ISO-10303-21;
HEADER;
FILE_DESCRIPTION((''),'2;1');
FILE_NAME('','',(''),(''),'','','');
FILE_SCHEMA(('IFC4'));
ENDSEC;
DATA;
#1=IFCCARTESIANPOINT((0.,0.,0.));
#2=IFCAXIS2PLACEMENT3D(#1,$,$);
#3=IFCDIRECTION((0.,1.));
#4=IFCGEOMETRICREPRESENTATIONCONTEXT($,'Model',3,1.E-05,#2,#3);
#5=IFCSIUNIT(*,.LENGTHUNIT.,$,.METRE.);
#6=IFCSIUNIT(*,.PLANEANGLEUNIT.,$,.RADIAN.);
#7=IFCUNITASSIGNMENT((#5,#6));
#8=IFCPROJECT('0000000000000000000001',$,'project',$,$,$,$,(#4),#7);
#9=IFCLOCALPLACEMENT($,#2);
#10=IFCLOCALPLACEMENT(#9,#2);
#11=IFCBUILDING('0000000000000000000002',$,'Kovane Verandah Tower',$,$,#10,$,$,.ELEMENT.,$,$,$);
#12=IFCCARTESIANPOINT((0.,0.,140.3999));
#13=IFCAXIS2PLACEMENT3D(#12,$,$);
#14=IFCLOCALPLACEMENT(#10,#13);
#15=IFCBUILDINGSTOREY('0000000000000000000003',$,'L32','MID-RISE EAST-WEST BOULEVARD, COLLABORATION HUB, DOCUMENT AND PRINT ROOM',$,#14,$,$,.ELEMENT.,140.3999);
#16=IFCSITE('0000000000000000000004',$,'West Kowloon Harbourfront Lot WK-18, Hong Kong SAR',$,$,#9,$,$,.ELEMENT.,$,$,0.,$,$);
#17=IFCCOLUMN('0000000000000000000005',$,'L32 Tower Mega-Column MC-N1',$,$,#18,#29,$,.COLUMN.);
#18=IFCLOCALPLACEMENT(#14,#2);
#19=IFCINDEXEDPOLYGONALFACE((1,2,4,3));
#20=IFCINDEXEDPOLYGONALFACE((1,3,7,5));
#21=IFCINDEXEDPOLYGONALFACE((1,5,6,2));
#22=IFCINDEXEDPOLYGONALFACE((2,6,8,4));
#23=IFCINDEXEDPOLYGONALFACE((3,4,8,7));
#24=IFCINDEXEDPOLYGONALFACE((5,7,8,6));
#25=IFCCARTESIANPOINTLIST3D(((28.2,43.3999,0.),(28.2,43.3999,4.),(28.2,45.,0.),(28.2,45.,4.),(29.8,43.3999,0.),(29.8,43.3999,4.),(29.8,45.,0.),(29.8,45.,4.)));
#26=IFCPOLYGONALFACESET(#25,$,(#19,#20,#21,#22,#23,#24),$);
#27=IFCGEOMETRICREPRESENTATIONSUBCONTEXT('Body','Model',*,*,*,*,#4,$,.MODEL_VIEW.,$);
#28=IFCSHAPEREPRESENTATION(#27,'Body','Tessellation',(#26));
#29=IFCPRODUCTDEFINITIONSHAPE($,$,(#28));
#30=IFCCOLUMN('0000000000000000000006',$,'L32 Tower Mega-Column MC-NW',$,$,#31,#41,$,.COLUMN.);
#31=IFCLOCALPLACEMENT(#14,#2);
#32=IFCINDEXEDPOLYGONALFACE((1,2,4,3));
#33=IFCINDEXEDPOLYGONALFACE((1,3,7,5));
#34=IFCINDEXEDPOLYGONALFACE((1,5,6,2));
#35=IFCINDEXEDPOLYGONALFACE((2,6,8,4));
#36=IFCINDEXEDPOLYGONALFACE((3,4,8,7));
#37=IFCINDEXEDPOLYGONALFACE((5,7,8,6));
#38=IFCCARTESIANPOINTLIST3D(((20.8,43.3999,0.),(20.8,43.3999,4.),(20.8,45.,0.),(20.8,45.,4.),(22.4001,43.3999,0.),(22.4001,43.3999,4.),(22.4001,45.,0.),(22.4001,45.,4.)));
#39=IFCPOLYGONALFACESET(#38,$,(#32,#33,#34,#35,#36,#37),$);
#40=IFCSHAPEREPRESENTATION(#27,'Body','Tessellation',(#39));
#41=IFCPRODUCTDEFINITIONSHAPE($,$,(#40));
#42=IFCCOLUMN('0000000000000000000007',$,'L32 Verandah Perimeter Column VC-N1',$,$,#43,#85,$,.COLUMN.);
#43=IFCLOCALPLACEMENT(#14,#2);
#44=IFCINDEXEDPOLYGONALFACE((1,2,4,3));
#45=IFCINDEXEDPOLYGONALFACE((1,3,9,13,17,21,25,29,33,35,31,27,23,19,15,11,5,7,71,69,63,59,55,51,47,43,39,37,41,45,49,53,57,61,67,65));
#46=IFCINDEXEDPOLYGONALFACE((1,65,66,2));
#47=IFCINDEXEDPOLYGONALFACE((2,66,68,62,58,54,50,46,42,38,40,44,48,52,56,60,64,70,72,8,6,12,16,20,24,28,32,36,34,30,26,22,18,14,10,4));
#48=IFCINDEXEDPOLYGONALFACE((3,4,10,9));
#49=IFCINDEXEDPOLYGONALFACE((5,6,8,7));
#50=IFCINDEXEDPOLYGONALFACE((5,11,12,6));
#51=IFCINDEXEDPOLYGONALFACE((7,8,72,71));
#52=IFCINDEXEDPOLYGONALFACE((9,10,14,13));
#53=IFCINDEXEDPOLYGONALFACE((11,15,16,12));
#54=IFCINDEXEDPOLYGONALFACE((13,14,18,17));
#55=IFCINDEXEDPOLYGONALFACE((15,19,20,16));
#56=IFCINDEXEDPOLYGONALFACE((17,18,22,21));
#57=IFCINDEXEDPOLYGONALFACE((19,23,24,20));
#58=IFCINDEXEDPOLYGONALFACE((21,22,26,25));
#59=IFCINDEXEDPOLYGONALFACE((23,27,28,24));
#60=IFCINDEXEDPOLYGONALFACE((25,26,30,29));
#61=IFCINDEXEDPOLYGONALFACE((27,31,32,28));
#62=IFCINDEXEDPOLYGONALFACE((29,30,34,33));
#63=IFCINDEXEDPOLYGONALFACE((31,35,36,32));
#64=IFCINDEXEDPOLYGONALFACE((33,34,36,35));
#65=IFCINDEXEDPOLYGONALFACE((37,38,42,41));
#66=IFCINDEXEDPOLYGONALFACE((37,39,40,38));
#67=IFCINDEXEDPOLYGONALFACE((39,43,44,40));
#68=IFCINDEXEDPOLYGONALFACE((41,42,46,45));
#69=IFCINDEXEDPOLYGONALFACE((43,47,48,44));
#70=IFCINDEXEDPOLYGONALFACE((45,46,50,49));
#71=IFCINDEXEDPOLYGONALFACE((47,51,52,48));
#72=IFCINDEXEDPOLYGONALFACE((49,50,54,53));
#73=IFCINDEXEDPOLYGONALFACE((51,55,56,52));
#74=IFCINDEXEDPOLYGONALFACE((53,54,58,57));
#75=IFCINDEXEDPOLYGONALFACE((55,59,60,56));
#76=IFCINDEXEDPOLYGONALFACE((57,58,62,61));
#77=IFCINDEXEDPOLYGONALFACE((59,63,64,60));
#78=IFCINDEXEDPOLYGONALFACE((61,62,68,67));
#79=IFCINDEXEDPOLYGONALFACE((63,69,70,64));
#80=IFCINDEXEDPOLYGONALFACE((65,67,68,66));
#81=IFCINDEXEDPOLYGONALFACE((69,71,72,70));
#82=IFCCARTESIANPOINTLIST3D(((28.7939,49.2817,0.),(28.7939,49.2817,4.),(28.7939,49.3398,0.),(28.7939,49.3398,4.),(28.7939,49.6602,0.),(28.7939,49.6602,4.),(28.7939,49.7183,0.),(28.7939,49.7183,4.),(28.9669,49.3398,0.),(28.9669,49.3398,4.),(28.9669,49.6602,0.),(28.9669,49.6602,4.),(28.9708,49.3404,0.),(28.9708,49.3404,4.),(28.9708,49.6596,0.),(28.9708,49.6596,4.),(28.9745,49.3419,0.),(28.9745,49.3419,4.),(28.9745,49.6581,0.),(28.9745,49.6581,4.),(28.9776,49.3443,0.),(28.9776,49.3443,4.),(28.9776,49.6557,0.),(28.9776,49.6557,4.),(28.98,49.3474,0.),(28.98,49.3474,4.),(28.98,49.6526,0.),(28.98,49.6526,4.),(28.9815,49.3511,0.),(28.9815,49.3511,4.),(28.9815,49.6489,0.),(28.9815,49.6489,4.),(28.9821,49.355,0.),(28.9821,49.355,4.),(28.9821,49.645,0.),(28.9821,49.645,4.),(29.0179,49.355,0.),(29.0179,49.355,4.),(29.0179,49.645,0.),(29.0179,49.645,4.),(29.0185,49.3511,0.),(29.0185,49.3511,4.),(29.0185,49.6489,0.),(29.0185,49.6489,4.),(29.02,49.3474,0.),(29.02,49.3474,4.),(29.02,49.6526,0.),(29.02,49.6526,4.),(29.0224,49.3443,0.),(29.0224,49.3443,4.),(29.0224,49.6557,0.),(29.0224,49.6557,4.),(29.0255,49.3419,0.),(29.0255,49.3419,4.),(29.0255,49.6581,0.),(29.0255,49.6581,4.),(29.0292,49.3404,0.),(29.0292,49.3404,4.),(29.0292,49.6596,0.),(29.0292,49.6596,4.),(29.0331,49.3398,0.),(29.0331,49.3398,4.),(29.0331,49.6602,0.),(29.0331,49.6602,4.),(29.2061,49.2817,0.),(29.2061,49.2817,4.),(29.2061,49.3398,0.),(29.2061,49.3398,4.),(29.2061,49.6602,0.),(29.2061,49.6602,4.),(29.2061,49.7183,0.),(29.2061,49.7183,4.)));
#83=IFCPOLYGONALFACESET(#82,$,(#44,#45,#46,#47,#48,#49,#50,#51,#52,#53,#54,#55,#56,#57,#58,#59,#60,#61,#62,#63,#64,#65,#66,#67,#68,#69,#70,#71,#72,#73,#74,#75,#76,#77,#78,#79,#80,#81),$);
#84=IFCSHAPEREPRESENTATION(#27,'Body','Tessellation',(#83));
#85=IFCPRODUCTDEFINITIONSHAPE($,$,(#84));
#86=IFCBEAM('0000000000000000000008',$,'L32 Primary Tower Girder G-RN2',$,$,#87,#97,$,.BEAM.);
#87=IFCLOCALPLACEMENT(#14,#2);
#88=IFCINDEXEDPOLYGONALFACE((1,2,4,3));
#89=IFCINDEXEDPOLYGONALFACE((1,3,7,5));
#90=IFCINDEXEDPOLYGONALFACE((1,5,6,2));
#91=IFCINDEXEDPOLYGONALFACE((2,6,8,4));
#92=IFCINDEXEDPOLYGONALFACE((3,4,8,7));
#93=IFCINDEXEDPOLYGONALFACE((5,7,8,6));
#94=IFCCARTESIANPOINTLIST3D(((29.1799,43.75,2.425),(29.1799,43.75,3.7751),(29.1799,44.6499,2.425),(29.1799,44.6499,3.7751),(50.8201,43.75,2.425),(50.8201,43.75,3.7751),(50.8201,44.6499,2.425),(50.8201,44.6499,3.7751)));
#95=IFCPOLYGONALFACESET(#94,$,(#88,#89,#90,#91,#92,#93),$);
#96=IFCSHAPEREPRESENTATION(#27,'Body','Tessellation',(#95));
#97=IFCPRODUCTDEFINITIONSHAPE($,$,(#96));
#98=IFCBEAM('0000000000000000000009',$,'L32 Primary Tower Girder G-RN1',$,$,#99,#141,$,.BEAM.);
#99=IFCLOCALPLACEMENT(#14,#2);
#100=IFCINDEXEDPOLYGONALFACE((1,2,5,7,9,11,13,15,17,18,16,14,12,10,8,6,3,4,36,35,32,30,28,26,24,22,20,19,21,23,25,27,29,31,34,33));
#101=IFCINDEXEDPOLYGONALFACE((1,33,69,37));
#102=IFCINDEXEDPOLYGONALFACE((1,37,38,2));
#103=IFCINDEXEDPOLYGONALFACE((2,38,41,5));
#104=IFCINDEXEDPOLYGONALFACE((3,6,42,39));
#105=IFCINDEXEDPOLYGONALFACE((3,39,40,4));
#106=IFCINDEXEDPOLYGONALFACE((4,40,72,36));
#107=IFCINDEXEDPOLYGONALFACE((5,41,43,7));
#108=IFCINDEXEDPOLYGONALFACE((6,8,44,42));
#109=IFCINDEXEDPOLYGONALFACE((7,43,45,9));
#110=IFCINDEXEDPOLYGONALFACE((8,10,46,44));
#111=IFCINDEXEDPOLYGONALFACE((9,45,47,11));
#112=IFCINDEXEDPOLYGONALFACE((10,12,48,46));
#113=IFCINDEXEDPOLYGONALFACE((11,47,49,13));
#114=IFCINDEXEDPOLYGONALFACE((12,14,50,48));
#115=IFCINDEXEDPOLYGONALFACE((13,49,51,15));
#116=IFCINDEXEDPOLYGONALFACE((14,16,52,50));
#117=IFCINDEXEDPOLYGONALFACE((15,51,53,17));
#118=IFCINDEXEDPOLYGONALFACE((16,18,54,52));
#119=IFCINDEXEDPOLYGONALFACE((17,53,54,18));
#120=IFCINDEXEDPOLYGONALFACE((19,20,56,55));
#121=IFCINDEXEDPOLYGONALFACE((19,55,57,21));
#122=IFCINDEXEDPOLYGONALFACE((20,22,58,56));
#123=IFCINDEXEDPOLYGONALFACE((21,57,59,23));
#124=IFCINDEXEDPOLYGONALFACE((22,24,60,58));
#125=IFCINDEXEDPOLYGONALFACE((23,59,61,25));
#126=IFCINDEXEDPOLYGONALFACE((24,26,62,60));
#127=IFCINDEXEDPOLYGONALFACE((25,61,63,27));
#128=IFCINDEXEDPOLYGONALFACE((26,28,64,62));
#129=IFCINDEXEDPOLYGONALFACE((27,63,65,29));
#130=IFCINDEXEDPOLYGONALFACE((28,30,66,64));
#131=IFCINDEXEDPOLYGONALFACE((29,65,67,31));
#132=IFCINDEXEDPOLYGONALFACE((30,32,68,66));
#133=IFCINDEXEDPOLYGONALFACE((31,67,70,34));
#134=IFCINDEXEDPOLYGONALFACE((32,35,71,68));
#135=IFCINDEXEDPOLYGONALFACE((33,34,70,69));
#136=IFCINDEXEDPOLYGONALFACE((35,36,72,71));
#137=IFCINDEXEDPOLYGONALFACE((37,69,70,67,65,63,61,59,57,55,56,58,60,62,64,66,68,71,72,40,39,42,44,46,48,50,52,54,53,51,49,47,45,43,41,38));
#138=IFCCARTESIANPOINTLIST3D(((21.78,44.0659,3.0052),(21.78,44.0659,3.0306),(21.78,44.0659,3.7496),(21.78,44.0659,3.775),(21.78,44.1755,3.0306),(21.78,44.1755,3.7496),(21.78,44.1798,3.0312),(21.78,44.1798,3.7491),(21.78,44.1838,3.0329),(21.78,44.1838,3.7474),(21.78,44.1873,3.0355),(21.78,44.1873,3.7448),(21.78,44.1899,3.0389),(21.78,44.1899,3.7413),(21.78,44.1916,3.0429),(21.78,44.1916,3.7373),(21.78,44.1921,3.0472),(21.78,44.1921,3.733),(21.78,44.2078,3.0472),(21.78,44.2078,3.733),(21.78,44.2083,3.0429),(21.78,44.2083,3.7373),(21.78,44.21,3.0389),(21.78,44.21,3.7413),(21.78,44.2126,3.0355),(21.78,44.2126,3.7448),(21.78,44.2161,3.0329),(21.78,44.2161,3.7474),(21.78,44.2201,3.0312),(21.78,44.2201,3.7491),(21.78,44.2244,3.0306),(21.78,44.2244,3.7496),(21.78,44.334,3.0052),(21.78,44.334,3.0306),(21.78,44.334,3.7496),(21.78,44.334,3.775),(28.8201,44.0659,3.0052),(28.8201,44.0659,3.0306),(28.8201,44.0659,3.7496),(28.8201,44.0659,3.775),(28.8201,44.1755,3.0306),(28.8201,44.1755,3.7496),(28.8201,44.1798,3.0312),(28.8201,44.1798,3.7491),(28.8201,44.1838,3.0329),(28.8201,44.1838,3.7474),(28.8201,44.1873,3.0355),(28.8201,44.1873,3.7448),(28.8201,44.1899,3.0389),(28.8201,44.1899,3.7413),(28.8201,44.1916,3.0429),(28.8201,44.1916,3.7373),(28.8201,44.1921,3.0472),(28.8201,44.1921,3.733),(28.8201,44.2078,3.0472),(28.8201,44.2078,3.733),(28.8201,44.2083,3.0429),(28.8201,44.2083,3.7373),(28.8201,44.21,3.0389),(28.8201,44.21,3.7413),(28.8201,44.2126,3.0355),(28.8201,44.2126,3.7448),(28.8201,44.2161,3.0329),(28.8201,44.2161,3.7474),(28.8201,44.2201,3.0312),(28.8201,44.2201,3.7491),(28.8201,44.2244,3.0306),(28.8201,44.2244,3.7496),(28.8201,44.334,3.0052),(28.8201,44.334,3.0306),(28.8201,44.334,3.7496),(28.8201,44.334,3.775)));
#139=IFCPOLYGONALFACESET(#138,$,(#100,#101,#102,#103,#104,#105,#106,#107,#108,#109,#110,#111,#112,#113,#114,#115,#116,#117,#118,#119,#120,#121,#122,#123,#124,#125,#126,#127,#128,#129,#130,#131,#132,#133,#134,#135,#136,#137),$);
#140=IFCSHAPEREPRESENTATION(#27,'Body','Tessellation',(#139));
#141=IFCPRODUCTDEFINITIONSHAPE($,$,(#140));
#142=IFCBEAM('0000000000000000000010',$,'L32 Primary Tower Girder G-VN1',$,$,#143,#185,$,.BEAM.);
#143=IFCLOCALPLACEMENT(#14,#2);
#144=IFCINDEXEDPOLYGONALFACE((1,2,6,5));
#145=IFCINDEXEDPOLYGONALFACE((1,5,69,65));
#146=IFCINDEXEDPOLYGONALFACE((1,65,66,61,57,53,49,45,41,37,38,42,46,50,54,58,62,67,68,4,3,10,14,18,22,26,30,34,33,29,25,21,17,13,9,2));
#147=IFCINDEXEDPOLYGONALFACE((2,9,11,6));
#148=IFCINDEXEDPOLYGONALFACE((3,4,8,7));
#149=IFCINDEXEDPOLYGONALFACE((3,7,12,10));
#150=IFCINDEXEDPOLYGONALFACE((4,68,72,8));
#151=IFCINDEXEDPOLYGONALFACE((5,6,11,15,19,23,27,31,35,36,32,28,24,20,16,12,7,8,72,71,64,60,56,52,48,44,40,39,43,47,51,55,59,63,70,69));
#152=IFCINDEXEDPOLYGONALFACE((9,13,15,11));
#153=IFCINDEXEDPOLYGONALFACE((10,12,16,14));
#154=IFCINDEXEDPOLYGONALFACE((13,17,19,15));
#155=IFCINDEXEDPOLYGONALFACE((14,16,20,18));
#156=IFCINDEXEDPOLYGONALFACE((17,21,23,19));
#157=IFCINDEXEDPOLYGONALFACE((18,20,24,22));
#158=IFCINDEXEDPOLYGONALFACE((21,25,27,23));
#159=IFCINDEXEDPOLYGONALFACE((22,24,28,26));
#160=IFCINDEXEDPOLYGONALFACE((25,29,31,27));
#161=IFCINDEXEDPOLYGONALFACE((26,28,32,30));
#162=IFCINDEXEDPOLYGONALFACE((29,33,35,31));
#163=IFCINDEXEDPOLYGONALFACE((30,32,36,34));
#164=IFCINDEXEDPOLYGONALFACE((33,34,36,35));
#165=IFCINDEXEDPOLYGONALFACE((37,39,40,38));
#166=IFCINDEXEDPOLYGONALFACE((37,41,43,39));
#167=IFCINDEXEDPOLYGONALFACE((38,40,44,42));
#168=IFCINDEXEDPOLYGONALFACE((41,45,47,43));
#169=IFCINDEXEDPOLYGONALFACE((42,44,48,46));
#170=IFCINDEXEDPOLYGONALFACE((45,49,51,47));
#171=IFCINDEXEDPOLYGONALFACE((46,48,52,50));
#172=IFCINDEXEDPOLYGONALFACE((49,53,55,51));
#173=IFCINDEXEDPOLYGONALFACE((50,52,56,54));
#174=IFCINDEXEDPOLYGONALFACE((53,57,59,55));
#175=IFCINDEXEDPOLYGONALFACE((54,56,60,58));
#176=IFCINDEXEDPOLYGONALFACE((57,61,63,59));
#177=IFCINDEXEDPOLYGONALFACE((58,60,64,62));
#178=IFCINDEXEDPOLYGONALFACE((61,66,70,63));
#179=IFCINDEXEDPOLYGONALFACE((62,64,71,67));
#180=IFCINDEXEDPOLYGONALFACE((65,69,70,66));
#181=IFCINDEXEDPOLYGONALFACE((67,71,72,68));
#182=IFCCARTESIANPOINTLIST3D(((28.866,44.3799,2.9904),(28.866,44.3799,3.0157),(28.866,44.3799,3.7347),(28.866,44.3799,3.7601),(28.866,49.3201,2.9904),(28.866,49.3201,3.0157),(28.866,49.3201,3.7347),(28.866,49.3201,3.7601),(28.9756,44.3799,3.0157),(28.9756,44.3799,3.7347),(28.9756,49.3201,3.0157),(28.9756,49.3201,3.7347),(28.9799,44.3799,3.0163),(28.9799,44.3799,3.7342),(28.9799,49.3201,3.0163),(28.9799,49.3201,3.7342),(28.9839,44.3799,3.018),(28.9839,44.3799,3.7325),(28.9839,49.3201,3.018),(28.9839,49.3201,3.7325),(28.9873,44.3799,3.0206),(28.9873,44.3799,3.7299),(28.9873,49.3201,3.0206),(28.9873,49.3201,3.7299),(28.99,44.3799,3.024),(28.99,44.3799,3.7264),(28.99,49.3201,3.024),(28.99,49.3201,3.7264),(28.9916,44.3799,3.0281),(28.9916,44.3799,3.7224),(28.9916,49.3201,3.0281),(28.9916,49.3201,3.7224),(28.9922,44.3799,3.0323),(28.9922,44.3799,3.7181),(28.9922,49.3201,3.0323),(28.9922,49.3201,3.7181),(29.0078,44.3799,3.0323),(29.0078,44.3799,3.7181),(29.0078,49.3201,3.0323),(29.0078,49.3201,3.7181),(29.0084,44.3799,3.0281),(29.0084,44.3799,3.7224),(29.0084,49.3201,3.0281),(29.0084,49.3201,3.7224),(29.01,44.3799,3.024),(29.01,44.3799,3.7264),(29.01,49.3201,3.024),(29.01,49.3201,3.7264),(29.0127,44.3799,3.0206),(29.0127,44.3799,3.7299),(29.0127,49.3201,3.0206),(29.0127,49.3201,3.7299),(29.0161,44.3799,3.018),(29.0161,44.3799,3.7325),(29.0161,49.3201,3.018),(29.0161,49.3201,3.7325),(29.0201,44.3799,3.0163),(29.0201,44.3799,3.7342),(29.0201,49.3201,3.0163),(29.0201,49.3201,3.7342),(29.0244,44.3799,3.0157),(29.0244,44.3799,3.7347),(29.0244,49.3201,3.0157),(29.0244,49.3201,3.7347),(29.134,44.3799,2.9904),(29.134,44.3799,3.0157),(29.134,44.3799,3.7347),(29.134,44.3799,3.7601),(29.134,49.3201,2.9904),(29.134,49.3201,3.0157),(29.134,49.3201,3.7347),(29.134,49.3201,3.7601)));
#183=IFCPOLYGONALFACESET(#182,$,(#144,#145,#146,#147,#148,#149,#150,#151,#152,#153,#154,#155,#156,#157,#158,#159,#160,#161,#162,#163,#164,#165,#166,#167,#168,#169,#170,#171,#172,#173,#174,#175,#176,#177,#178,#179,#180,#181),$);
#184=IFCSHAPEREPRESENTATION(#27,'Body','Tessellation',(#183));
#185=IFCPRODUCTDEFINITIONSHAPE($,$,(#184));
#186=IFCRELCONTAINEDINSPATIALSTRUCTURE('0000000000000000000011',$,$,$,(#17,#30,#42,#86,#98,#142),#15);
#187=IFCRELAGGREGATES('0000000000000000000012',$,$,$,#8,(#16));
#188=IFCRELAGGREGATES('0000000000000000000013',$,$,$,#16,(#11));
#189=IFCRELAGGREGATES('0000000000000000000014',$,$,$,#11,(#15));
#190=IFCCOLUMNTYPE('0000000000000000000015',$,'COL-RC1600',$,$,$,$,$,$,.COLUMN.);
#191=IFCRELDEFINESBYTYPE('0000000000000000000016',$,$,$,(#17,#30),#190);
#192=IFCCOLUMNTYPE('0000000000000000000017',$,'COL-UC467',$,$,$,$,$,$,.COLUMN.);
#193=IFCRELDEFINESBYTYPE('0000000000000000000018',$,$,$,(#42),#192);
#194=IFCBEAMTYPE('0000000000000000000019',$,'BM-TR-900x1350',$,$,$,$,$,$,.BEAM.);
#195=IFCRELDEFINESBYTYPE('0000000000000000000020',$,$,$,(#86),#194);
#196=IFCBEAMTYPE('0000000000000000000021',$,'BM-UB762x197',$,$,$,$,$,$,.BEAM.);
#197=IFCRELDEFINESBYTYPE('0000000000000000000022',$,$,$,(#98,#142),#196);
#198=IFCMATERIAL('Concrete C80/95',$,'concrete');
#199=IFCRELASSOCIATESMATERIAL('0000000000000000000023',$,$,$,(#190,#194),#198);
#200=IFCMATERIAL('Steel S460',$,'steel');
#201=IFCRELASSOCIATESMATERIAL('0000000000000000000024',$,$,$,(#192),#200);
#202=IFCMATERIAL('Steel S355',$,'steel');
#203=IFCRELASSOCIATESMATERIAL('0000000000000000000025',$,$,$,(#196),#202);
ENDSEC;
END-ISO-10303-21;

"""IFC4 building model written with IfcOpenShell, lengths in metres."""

from ifc_helpers import new_model, si_unit, direction, frame, origin, origin_2d, place, context, subcontext, project, spatial, rectangle, i_section, extrude, material, material_profile, profile_set, type_object, element, save


model = new_model("IFC4")

# Units and contexts
model_context = context("Model", 3, precision=1e-05, world=origin(), true_north=direction((0.0, 1.0)))
body_context = subcontext(model_context, "Body", "Model", "MODEL_VIEW")
ifc_project = project(units=[si_unit("LENGTHUNIT", "METRE"), si_unit("PLANEANGLEUNIT", "RADIAN")], contexts=[model_context])

# Site, building, storey
site_placement = place(None, origin())
site = spatial("IfcSite", under=ifc_project, at=site_placement, Name="West Kowloon Harbourfront Lot WK-18, Hong Kong SAR", CompositionType="ELEMENT", RefElevation=0.0)
building_placement = place(site_placement, origin())
building = spatial("IfcBuilding", under=site, at=building_placement, Name="Kovane Verandah Tower", CompositionType="ELEMENT")
storey_placement = place(building_placement, frame((0.0, 0.0, 140.3999)))
storey = spatial("IfcBuildingStorey", under=building, at=storey_placement, Name="L32", Description="MID-RISE EAST-WEST BOULEVARD, COLLABORATION HUB, DOCUMENT AND PRINT ROOM", CompositionType="ELEMENT", Elevation=140.3999)

# Columns
ifc_material_1 = material(Name="Concrete C80/95", Category="concrete")
ifc_material_profile_1 = material_profile(ifc_material_1, rectangle(XDim=1.6001, YDim=1.6001, at=origin_2d()), Name="RC1600x1600")
ifc_profile_set_1 = profile_set([ifc_material_profile_1], Name="Concrete C80/95")
column_type_1 = type_object("IfcColumnType", Name="COL-RC1600", PredefinedType="COLUMN", material=ifc_profile_set_1)
for number, where, z_axis, x_axis, name in (
    (1, (29.0, 44.2, 0.0), (0.0, 0.0, 1.0), (1.0, 0.0, 0.0), "L32 Tower Mega-Column MC-N1"),
    (2, (21.6001, 44.2, 0.0), (0.0, 0.0, 1.0), (1.0, 0.0, 0.0), "L32 Tower Mega-Column MC-NW"),
):
    element("IfcColumn", number, at=place(storey_placement, frame(where, z_axis=z_axis, x_axis=x_axis)), inside=storey, type_object=column_type_1, Name=name, PredefinedType="COLUMN", context=body_context, shape_type="SweptSolid", body=[
        extrude(rectangle(XDim=1.6001, YDim=1.6001, at=origin_2d()), origin(), (0.0, 0.0, 1.0), 4.0),
    ])
ifc_material_2 = material(Name="Steel S460", Category="steel")
ifc_material_profile_2 = material_profile(ifc_material_2, i_section(OverallWidth=0.4121, OverallDepth=0.4365, WebThickness=0.0359, FlangeThickness=0.0581, FilletRadius=0.0151, at=origin_2d()), Name="UC356x406x467")
ifc_profile_set_2 = profile_set([ifc_material_profile_2], Name="Steel S460")
column_type_2 = type_object("IfcColumnType", Name="COL-UC467", PredefinedType="COLUMN", material=ifc_profile_set_2)
column_placement = place(storey_placement, frame((29.0, 49.5, 0.0), z_axis=(0.0, 0.0, 1.0), x_axis=(1.0, 0.0, 0.0)))
element("IfcColumn", 3, at=column_placement, inside=storey, type_object=column_type_2, Name="L32 Verandah Perimeter Column VC-N1", PredefinedType="COLUMN", context=body_context, shape_type="SweptSolid", body=[
    extrude(i_section(OverallWidth=0.4121, OverallDepth=0.4365, WebThickness=0.0359, FlangeThickness=0.0581, FilletRadius=0.0151, at=origin_2d()), origin(), (0.0, 0.0, 1.0), 4.0),
])

# Beams
ifc_material_profile_3 = material_profile(ifc_material_1, rectangle(XDim=0.8999, YDim=1.3501, at=origin_2d()), Name="RCB900x1350")
ifc_profile_set_3 = profile_set([ifc_material_profile_3], Name="Concrete C80/95")
beam_type_1 = type_object("IfcBeamType", Name="BM-TR-900x1350", PredefinedType="BEAM", material=ifc_profile_set_3)
beam_1_placement = place(storey_placement, frame((29.1799, 44.2, 3.1001), z_axis=(1.0, 0.0, 0.0), x_axis=(0.0, 1.0, 0.0)))
element("IfcBeam", 4, at=beam_1_placement, inside=storey, type_object=beam_type_1, Name="L32 Primary Tower Girder G-RN2", PredefinedType="BEAM", context=body_context, shape_type="SweptSolid", body=[
    extrude(rectangle(XDim=0.8999, YDim=1.3501, at=origin_2d()), origin(), (0.0, 0.0, 1.0), 21.6401),
])
ifc_material_3 = material(Name="Steel S355", Category="steel")
ifc_material_profile_4 = material_profile(ifc_material_3, i_section(OverallWidth=0.2681, OverallDepth=0.7698, WebThickness=0.0156, FlangeThickness=0.0254, FilletRadius=0.0166, at=origin_2d()), Name="UB762x267x197")
ifc_profile_set_4 = profile_set([ifc_material_profile_4], Name="Steel S355")
beam_type_2 = type_object("IfcBeamType", Name="BM-UB762x197", PredefinedType="BEAM", material=ifc_profile_set_4)
beam_2_placement = place(storey_placement, frame((21.78, 44.2, 3.3901), z_axis=(1.0, 0.0, 0.0), x_axis=(0.0, 1.0, 0.0)))
element("IfcBeam", 5, at=beam_2_placement, inside=storey, type_object=beam_type_2, Name="L32 Primary Tower Girder G-RN1", PredefinedType="BEAM", context=body_context, shape_type="SweptSolid", body=[
    extrude(i_section(OverallWidth=0.2681, OverallDepth=0.7698, WebThickness=0.0156, FlangeThickness=0.0254, FilletRadius=0.0166, at=origin_2d()), origin(), (0.0, 0.0, 1.0), 7.04),
])
beam_3_placement = place(storey_placement, frame((29.0, 44.3799, 3.3752), z_axis=(0.0, 1.0, 0.0), x_axis=(-1.0, 0.0, 0.0)))
element("IfcBeam", 6, at=beam_3_placement, inside=storey, type_object=beam_type_2, Name="L32 Primary Tower Girder G-VN1", PredefinedType="BEAM", context=body_context, shape_type="SweptSolid", body=[
    extrude(i_section(OverallWidth=0.2681, OverallDepth=0.7698, WebThickness=0.0156, FlangeThickness=0.0254, FilletRadius=0.0166, at=origin_2d()), origin(), (0.0, 0.0, 1.0), 4.9402),
])

save(model, "model.ifc")
